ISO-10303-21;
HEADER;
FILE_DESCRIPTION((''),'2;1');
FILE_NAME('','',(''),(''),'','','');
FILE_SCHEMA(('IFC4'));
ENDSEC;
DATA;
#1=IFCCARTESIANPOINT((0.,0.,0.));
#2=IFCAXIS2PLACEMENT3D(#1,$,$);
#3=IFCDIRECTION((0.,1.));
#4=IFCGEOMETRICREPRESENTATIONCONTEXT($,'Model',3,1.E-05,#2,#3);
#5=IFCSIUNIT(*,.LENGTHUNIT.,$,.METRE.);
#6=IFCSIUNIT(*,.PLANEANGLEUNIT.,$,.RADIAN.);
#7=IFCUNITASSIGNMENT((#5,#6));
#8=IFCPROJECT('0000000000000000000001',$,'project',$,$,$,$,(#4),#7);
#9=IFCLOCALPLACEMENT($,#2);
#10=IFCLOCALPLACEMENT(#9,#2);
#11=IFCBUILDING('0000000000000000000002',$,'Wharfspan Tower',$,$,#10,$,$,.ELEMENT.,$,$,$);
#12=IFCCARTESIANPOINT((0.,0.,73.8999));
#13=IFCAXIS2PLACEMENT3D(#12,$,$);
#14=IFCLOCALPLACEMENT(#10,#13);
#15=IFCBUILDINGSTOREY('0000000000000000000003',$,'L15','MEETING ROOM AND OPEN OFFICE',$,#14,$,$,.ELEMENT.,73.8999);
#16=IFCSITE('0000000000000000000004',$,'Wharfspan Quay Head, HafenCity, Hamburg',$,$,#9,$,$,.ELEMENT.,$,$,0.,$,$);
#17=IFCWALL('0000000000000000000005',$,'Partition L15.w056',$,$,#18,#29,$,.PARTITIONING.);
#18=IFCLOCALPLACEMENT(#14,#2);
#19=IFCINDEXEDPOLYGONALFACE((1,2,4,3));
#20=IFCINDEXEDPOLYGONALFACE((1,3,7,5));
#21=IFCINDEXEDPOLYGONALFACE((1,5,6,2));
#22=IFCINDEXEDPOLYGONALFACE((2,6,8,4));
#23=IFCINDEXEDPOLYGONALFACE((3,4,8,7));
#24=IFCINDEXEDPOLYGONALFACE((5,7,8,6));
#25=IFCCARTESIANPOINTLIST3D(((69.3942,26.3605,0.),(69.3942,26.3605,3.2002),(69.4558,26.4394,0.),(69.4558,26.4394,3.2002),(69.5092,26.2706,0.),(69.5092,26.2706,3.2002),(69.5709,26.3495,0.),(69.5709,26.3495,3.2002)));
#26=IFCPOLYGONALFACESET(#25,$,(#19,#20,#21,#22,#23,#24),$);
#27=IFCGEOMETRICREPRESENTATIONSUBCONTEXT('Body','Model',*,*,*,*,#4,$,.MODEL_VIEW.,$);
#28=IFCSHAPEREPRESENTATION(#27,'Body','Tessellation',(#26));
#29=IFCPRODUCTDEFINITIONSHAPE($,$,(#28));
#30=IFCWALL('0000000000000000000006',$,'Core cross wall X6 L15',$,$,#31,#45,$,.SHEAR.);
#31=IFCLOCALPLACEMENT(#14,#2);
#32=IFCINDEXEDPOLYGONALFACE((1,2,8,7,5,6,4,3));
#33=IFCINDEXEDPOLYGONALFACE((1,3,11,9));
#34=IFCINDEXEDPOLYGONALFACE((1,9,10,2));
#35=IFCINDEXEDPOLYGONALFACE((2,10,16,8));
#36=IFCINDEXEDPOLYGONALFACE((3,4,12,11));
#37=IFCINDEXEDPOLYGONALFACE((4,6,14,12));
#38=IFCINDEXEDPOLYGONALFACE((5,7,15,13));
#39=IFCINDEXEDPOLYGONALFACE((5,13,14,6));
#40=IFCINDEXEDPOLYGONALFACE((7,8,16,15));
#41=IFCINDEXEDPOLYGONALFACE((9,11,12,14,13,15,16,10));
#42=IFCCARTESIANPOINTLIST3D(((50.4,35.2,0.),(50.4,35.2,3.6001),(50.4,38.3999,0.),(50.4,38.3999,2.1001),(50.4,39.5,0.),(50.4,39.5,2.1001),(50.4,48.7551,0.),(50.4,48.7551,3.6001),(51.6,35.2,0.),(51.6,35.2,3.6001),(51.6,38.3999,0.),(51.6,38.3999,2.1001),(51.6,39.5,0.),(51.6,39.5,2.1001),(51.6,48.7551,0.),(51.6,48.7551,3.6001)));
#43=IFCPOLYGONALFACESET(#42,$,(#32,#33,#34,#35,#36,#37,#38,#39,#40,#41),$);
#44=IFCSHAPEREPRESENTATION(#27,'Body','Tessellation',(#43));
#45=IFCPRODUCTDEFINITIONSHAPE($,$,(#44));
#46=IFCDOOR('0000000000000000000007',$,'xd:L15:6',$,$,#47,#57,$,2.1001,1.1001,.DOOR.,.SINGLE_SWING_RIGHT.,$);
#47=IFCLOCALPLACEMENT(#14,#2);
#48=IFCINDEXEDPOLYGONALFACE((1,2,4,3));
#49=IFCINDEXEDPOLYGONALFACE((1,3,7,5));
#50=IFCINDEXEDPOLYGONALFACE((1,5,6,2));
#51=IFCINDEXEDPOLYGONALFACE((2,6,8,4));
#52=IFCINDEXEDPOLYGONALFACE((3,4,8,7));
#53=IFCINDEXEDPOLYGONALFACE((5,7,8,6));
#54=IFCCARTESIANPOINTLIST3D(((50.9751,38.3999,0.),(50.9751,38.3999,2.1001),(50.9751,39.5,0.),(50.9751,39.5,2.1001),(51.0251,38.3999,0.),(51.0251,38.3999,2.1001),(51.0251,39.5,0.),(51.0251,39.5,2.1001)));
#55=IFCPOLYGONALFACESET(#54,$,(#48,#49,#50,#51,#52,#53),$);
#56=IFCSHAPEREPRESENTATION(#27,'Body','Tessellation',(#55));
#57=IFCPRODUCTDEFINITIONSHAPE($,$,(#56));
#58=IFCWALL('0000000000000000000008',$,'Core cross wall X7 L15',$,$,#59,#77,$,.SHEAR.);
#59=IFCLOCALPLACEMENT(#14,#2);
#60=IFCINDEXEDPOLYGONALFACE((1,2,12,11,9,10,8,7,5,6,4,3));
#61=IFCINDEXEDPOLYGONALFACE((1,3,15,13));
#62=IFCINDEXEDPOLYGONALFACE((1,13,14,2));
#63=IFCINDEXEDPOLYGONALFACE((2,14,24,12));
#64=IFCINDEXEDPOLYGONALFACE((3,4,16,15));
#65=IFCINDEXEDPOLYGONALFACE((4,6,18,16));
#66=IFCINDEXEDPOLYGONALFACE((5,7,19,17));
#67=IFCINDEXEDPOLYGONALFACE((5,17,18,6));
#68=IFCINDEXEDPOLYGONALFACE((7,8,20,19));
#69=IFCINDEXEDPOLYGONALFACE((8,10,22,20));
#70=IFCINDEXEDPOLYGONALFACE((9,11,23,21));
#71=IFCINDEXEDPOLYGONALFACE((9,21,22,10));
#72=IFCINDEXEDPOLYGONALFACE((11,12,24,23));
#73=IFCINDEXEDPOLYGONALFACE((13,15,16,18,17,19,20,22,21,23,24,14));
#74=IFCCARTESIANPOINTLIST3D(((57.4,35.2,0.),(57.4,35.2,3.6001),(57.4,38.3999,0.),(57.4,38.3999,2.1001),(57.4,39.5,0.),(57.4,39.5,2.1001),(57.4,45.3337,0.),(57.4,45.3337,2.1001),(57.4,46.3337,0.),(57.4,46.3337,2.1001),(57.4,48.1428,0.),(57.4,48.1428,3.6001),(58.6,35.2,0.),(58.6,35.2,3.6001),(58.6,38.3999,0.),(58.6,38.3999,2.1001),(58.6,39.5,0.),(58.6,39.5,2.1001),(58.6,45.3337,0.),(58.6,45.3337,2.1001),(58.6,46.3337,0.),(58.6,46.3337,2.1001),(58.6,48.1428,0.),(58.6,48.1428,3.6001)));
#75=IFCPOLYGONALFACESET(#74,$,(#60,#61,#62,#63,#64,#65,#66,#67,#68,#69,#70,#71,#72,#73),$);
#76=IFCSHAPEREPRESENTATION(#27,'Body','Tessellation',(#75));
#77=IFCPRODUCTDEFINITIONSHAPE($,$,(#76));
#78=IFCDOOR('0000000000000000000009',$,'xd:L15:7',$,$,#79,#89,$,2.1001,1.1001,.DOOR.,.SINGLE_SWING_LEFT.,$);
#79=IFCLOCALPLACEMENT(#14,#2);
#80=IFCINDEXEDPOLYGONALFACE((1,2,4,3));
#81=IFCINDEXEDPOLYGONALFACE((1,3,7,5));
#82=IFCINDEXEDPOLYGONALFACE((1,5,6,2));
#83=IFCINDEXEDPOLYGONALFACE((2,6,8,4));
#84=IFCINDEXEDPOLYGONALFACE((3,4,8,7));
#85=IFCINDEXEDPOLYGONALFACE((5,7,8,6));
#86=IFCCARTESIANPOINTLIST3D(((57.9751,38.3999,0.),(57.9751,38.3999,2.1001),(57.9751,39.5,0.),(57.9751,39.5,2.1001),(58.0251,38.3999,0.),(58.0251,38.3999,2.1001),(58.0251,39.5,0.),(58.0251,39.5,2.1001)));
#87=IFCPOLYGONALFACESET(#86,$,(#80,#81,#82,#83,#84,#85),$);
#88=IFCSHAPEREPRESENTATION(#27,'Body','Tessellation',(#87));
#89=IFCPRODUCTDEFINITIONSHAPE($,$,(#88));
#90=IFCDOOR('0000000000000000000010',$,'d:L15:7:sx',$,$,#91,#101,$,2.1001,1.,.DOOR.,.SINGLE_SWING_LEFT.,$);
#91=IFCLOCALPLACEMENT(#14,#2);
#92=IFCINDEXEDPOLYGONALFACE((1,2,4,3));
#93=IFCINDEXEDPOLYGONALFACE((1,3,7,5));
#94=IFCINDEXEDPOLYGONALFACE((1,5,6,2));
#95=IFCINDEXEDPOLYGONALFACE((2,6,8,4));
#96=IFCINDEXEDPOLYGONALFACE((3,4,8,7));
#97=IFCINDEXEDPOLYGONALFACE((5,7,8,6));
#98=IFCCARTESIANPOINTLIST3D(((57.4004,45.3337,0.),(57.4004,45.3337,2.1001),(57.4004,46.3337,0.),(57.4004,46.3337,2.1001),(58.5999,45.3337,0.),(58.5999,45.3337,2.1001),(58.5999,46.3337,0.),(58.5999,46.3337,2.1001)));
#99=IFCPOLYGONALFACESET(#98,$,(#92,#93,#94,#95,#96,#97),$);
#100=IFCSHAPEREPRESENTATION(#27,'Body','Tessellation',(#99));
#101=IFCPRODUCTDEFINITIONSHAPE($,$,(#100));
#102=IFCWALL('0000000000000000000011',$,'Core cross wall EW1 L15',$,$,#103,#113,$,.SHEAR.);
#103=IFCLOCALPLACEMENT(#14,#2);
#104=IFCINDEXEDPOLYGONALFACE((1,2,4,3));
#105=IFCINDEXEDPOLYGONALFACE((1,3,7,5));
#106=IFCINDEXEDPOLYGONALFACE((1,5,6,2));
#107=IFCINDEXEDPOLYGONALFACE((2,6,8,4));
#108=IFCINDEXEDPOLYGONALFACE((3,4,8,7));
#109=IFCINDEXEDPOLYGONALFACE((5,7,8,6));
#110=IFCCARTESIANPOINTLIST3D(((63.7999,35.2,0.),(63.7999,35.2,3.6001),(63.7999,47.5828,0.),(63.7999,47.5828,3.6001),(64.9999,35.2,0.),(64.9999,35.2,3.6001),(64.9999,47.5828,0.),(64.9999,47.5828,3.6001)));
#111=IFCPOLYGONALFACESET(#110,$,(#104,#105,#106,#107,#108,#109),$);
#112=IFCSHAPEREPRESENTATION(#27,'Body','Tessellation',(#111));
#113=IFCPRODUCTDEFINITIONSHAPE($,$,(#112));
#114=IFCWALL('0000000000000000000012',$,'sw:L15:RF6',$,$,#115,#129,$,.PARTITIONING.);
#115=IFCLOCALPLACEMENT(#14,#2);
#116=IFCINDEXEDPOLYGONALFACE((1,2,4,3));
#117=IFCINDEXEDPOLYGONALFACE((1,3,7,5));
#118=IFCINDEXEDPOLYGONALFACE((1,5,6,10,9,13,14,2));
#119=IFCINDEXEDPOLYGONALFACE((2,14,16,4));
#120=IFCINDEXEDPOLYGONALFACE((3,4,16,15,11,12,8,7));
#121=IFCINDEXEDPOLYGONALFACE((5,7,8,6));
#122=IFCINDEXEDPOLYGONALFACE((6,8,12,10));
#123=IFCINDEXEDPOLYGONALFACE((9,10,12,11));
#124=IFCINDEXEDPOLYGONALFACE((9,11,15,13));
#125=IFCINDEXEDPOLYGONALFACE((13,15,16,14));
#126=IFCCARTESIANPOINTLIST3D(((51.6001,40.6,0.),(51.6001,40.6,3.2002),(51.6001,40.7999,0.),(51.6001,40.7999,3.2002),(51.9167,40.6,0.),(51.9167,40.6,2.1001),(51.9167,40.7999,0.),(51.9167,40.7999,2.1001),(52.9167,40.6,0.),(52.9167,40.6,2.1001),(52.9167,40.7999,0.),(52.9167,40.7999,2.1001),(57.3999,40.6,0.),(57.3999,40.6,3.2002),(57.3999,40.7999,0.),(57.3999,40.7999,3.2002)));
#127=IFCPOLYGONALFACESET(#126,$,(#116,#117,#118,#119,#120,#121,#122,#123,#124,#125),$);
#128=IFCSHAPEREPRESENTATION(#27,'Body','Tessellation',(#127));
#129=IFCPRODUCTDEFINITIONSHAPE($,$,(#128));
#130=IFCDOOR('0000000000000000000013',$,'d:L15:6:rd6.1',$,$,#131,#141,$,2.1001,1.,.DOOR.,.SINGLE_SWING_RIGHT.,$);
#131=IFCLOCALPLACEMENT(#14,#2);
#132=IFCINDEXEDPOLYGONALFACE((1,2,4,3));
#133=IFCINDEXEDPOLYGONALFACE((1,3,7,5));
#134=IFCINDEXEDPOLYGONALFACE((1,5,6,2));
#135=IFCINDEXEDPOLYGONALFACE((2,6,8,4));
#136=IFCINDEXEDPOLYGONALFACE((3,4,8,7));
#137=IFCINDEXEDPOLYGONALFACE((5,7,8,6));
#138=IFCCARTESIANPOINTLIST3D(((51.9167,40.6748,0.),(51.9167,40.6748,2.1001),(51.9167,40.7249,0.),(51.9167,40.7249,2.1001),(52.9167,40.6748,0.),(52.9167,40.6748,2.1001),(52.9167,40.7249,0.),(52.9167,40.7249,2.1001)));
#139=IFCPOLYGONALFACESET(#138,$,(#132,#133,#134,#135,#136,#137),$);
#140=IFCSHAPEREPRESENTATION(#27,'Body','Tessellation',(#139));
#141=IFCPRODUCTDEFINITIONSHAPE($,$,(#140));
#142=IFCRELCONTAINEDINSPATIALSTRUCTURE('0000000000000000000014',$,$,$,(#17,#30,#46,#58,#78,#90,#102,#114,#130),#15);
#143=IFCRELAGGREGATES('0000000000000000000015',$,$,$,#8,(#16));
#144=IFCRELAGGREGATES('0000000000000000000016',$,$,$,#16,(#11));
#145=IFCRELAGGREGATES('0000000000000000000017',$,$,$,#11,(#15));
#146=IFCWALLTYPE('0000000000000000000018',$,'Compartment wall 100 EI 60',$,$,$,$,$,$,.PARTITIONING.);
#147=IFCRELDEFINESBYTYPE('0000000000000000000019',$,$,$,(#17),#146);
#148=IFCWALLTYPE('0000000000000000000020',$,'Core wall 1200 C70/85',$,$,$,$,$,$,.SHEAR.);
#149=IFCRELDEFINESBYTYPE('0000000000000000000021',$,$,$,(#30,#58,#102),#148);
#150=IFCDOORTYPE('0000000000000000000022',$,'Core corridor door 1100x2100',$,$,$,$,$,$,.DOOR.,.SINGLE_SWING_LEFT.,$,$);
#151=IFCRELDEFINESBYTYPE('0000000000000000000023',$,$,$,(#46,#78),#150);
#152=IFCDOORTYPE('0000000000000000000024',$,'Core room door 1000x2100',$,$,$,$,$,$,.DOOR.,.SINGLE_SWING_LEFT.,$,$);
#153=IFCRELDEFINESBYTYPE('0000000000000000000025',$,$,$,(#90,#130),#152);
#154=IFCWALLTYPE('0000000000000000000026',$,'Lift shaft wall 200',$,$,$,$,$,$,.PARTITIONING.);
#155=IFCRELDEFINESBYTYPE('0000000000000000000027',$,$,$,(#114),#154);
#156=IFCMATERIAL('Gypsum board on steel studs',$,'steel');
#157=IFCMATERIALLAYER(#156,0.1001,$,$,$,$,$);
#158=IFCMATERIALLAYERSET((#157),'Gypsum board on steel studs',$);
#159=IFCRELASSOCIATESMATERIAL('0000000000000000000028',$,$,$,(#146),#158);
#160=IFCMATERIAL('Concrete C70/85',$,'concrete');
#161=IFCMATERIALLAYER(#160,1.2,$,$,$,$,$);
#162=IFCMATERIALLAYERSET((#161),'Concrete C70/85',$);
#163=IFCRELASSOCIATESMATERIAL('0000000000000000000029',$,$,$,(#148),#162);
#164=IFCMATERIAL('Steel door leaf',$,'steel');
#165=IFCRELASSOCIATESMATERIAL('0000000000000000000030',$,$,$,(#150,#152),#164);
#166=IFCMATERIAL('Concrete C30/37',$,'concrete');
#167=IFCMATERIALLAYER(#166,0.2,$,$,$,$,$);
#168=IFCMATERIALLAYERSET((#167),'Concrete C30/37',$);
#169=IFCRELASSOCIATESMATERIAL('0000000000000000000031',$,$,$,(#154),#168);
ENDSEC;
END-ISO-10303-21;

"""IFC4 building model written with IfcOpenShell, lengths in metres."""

from ifc_helpers import new_model, si_unit, direction, frame, frame_2d, origin, place, context, subcontext, project, spatial, rectangle, extrude, material, layer, layer_set, type_object, element, fill, save


model = new_model("IFC4")

# Units and contexts
model_context = context("Model", 3, precision=1e-05, world=origin(), true_north=direction((0.0, 1.0)))
body_context = subcontext(model_context, "Body", "Model", "MODEL_VIEW")
ifc_project = project(units=[si_unit("LENGTHUNIT", "METRE"), si_unit("PLANEANGLEUNIT", "RADIAN")], contexts=[model_context])

# Site, building, storey
site_placement = place(None, origin())
site = spatial("IfcSite", under=ifc_project, at=site_placement, Name="Wharfspan Quay Head, HafenCity, Hamburg", CompositionType="ELEMENT", RefElevation=0.0)
building_placement = place(site_placement, origin())
building = spatial("IfcBuilding", under=site, at=building_placement, Name="Wharfspan Tower", CompositionType="ELEMENT")
storey_placement = place(building_placement, frame((0.0, 0.0, 73.8999)))
storey = spatial("IfcBuildingStorey", under=building, at=storey_placement, Name="L15", Description="MEETING ROOM AND OPEN OFFICE", CompositionType="ELEMENT", Elevation=73.8999)

# Shared definitions
ifc_material_1 = material(Name="Gypsum board on steel studs", Category="steel")
ifc_layer_1 = layer(ifc_material_1, 0.1001)
ifc_layer_set_1 = layer_set([ifc_layer_1], Name="Gypsum board on steel studs")
wall_type_1 = type_object("IfcWallType", Name="Compartment wall 100 EI 60", PredefinedType="PARTITIONING", material=ifc_layer_set_1)

# Wall
wall_1_placement = place(storey_placement, frame((69.54, 26.3101, 0.0), z_axis=(0.0, 0.0, 1.0), x_axis=(-0.787997, 0.615675, 0.0)))
element("IfcWall", 1, at=wall_1_placement, inside=storey, type_object=wall_type_1, Name="Partition L15.w056", PredefinedType="PARTITIONING", context=body_context, shape_type="SweptSolid", body=[
    extrude(rectangle(XDim=0.146, YDim=0.1001, at=frame_2d((0.073, 0.0))), origin(), (0.0, 0.0, 1.0), 3.2002),
])

# Wall, opening, door
ifc_material_2 = material(Name="Concrete C70/85", Category="concrete")
ifc_layer_2 = layer(ifc_material_2, 1.2)
ifc_layer_set_2 = layer_set([ifc_layer_2], Name="Concrete C70/85")
wall_type_2 = type_object("IfcWallType", Name="Core wall 1200 C70/85", PredefinedType="SHEAR", material=ifc_layer_set_2)
wall_2_placement = place(storey_placement, frame((51.0, 35.2, 0.0), z_axis=(0.0, 0.0, 1.0), x_axis=(0.0, 1.0, 0.0)))
wall_2 = element("IfcWall", 2, at=wall_2_placement, inside=storey, type_object=wall_type_2, Name="Core cross wall X6 L15", PredefinedType="SHEAR", context=body_context, shape_type="SweptSolid", body=[
    extrude(rectangle(XDim=13.5552, YDim=1.2, at=frame_2d((6.7776, 0.0))), origin(), (0.0, 0.0, 1.0), 3.6001),
])
opening_1_placement = place(wall_2_placement, frame((3.2, 0.0, 0.0)))
opening_1 = element("IfcOpeningElement", 3, at=opening_1_placement, cuts=wall_2, PredefinedType="OPENING", context=body_context, shape_type="SweptSolid", body=[
    extrude(rectangle(XDim=1.1001, YDim=2.1001, at=frame_2d((0.55, 1.05))), frame((0.0, 0.6099, 0.0), z_axis=(0.0, -1.0, 0.0), x_axis=(1.0, 0.0, 0.0)), (0.0, 0.0, 1.0), 1.22),
])
ifc_material_3 = material(Name="Steel door leaf", Category="steel")
door_type_1 = type_object("IfcDoorType", Name="Core corridor door 1100x2100", OperationType="SINGLE_SWING_LEFT", PredefinedType="DOOR", material=ifc_material_3)
door_1_placement = place(opening_1_placement, origin())
door_1 = element("IfcDoor", 4, at=door_1_placement, inside=storey, type_object=door_type_1, Name="xd:L15:6", OperationType="SINGLE_SWING_RIGHT", OverallHeight=2.1001, OverallWidth=1.1001, PredefinedType="DOOR", context=body_context, shape_type="SweptSolid", body=[
    extrude(rectangle(XDim=1.1001, YDim=2.1001, at=frame_2d((0.55, 1.05))), frame((0.0, 0.0249, 0.0), z_axis=(0.0, -1.0, 0.0), x_axis=(1.0, 0.0, 0.0)), (0.0, 0.0, 1.0), 0.05),
])
fill(opening_1, door_1)

# Wall, openings, doors
wall_3_placement = place(storey_placement, frame((58.0, 35.2, 0.0), z_axis=(0.0, 0.0, 1.0), x_axis=(0.0, 1.0, 0.0)))
wall_3 = element("IfcWall", 5, at=wall_3_placement, inside=storey, type_object=wall_type_2, Name="Core cross wall X7 L15", PredefinedType="SHEAR", context=body_context, shape_type="SweptSolid", body=[
    extrude(rectangle(XDim=12.9429, YDim=1.2, at=frame_2d((6.4714, 0.0))), origin(), (0.0, 0.0, 1.0), 3.6001),
])
opening_2_placement = place(wall_3_placement, frame((10.1338, 0.0, 0.0)))
opening_2 = element("IfcOpeningElement", 6, at=opening_2_placement, cuts=wall_3, PredefinedType="OPENING", context=body_context, shape_type="SweptSolid", body=[
    extrude(rectangle(XDim=1.0, YDim=2.1001, at=frame_2d((0.5, 1.05))), frame((0.0, 0.6099, 0.0), z_axis=(0.0, -1.0, 0.0), x_axis=(1.0, 0.0, 0.0)), (0.0, 0.0, 1.0), 1.22),
])
opening_3_placement = place(wall_3_placement, frame((3.2, 0.0, 0.0)))
opening_3 = element("IfcOpeningElement", 7, at=opening_3_placement, cuts=wall_3, PredefinedType="OPENING", context=body_context, shape_type="SweptSolid", body=[
    extrude(rectangle(XDim=1.1001, YDim=2.1001, at=frame_2d((0.55, 1.05))), frame((0.0, 0.6099, 0.0), z_axis=(0.0, -1.0, 0.0), x_axis=(1.0, 0.0, 0.0)), (0.0, 0.0, 1.0), 1.22),
])
door_2_placement = place(opening_3_placement, origin())
door_2 = element("IfcDoor", 8, at=door_2_placement, inside=storey, type_object=door_type_1, Name="xd:L15:7", OperationType="SINGLE_SWING_LEFT", OverallHeight=2.1001, OverallWidth=1.1001, PredefinedType="DOOR", context=body_context, shape_type="SweptSolid", body=[
    extrude(rectangle(XDim=1.1001, YDim=2.1001, at=frame_2d((0.55, 1.05))), frame((0.0, 0.0249, 0.0), z_axis=(0.0, -1.0, 0.0), x_axis=(1.0, 0.0, 0.0)), (0.0, 0.0, 1.0), 0.05),
])
fill(opening_3, door_2)
door_type_2 = type_object("IfcDoorType", Name="Core room door 1000x2100", OperationType="SINGLE_SWING_LEFT", PredefinedType="DOOR", material=ifc_material_3)
door_3_placement = place(opening_2_placement, origin())
door_3 = element("IfcDoor", 9, at=door_3_placement, inside=storey, type_object=door_type_2, Name="d:L15:7:sx", OperationType="SINGLE_SWING_LEFT", OverallHeight=2.1001, OverallWidth=1.0, PredefinedType="DOOR", context=body_context, shape_type="SweptSolid", body=[
    extrude(rectangle(XDim=1.0, YDim=2.1001, at=frame_2d((0.5, 1.05))), frame((0.0, 0.5996, 0.0), z_axis=(0.0, -1.0, 0.0), x_axis=(1.0, 0.0, 0.0)), (0.0, 0.0, 1.0), 1.1995),
])
fill(opening_2, door_3)

# Wall
wall_4_placement = place(storey_placement, frame((64.3999, 35.2, 0.0), z_axis=(0.0, 0.0, 1.0), x_axis=(0.0, 1.0, 0.0)))
element("IfcWall", 10, at=wall_4_placement, inside=storey, type_object=wall_type_2, Name="Core cross wall EW1 L15", PredefinedType="SHEAR", context=body_context, shape_type="SweptSolid", body=[
    extrude(rectangle(XDim=12.3828, YDim=1.2, at=frame_2d((6.1914, 0.0))), origin(), (0.0, 0.0, 1.0), 3.6001),
])

# Wall, opening, door
ifc_material_4 = material(Name="Concrete C30/37", Category="concrete")
ifc_layer_3 = layer(ifc_material_4, 0.2)
ifc_layer_set_3 = layer_set([ifc_layer_3], Name="Concrete C30/37")
wall_type_3 = type_object("IfcWallType", Name="Lift shaft wall 200", PredefinedType="PARTITIONING", material=ifc_layer_set_3)
wall_5_placement = place(storey_placement, frame((51.6001, 40.7, 0.0), z_axis=(0.0, 0.0, 1.0), x_axis=(1.0, 0.0, 0.0)))
wall_5 = element("IfcWall", 11, at=wall_5_placement, inside=storey, type_object=wall_type_3, Name="sw:L15:RF6", PredefinedType="PARTITIONING", context=body_context, shape_type="SweptSolid", body=[
    extrude(rectangle(XDim=5.7998, YDim=0.2, at=frame_2d((2.8999, 0.0))), origin(), (0.0, 0.0, 1.0), 3.2002),
])
opening_4_placement = place(wall_5_placement, frame((0.3166, 0.0, 0.0)))
opening_4 = element("IfcOpeningElement", 12, at=opening_4_placement, cuts=wall_5, PredefinedType="OPENING", context=body_context, shape_type="SweptSolid", body=[
    extrude(rectangle(XDim=1.0, YDim=2.1001, at=frame_2d((0.5, 1.05))), frame((0.0, 0.1099, 0.0), z_axis=(0.0, -1.0, 0.0), x_axis=(1.0, 0.0, 0.0)), (0.0, 0.0, 1.0), 0.22),
])
door_4_placement = place(opening_4_placement, origin())
door_4 = element("IfcDoor", 13, at=door_4_placement, inside=storey, type_object=door_type_2, Name="d:L15:6:rd6.1", OperationType="SINGLE_SWING_RIGHT", OverallHeight=2.1001, OverallWidth=1.0, PredefinedType="DOOR", context=body_context, shape_type="SweptSolid", body=[
    extrude(rectangle(XDim=1.0, YDim=2.1001, at=frame_2d((0.5, 1.05))), frame((0.0, 0.0249, 0.0), z_axis=(0.0, -1.0, 0.0), x_axis=(1.0, 0.0, 0.0)), (0.0, 0.0, 1.0), 0.05),
])
fill(opening_4, door_4)

save(model, "model.ifc")
